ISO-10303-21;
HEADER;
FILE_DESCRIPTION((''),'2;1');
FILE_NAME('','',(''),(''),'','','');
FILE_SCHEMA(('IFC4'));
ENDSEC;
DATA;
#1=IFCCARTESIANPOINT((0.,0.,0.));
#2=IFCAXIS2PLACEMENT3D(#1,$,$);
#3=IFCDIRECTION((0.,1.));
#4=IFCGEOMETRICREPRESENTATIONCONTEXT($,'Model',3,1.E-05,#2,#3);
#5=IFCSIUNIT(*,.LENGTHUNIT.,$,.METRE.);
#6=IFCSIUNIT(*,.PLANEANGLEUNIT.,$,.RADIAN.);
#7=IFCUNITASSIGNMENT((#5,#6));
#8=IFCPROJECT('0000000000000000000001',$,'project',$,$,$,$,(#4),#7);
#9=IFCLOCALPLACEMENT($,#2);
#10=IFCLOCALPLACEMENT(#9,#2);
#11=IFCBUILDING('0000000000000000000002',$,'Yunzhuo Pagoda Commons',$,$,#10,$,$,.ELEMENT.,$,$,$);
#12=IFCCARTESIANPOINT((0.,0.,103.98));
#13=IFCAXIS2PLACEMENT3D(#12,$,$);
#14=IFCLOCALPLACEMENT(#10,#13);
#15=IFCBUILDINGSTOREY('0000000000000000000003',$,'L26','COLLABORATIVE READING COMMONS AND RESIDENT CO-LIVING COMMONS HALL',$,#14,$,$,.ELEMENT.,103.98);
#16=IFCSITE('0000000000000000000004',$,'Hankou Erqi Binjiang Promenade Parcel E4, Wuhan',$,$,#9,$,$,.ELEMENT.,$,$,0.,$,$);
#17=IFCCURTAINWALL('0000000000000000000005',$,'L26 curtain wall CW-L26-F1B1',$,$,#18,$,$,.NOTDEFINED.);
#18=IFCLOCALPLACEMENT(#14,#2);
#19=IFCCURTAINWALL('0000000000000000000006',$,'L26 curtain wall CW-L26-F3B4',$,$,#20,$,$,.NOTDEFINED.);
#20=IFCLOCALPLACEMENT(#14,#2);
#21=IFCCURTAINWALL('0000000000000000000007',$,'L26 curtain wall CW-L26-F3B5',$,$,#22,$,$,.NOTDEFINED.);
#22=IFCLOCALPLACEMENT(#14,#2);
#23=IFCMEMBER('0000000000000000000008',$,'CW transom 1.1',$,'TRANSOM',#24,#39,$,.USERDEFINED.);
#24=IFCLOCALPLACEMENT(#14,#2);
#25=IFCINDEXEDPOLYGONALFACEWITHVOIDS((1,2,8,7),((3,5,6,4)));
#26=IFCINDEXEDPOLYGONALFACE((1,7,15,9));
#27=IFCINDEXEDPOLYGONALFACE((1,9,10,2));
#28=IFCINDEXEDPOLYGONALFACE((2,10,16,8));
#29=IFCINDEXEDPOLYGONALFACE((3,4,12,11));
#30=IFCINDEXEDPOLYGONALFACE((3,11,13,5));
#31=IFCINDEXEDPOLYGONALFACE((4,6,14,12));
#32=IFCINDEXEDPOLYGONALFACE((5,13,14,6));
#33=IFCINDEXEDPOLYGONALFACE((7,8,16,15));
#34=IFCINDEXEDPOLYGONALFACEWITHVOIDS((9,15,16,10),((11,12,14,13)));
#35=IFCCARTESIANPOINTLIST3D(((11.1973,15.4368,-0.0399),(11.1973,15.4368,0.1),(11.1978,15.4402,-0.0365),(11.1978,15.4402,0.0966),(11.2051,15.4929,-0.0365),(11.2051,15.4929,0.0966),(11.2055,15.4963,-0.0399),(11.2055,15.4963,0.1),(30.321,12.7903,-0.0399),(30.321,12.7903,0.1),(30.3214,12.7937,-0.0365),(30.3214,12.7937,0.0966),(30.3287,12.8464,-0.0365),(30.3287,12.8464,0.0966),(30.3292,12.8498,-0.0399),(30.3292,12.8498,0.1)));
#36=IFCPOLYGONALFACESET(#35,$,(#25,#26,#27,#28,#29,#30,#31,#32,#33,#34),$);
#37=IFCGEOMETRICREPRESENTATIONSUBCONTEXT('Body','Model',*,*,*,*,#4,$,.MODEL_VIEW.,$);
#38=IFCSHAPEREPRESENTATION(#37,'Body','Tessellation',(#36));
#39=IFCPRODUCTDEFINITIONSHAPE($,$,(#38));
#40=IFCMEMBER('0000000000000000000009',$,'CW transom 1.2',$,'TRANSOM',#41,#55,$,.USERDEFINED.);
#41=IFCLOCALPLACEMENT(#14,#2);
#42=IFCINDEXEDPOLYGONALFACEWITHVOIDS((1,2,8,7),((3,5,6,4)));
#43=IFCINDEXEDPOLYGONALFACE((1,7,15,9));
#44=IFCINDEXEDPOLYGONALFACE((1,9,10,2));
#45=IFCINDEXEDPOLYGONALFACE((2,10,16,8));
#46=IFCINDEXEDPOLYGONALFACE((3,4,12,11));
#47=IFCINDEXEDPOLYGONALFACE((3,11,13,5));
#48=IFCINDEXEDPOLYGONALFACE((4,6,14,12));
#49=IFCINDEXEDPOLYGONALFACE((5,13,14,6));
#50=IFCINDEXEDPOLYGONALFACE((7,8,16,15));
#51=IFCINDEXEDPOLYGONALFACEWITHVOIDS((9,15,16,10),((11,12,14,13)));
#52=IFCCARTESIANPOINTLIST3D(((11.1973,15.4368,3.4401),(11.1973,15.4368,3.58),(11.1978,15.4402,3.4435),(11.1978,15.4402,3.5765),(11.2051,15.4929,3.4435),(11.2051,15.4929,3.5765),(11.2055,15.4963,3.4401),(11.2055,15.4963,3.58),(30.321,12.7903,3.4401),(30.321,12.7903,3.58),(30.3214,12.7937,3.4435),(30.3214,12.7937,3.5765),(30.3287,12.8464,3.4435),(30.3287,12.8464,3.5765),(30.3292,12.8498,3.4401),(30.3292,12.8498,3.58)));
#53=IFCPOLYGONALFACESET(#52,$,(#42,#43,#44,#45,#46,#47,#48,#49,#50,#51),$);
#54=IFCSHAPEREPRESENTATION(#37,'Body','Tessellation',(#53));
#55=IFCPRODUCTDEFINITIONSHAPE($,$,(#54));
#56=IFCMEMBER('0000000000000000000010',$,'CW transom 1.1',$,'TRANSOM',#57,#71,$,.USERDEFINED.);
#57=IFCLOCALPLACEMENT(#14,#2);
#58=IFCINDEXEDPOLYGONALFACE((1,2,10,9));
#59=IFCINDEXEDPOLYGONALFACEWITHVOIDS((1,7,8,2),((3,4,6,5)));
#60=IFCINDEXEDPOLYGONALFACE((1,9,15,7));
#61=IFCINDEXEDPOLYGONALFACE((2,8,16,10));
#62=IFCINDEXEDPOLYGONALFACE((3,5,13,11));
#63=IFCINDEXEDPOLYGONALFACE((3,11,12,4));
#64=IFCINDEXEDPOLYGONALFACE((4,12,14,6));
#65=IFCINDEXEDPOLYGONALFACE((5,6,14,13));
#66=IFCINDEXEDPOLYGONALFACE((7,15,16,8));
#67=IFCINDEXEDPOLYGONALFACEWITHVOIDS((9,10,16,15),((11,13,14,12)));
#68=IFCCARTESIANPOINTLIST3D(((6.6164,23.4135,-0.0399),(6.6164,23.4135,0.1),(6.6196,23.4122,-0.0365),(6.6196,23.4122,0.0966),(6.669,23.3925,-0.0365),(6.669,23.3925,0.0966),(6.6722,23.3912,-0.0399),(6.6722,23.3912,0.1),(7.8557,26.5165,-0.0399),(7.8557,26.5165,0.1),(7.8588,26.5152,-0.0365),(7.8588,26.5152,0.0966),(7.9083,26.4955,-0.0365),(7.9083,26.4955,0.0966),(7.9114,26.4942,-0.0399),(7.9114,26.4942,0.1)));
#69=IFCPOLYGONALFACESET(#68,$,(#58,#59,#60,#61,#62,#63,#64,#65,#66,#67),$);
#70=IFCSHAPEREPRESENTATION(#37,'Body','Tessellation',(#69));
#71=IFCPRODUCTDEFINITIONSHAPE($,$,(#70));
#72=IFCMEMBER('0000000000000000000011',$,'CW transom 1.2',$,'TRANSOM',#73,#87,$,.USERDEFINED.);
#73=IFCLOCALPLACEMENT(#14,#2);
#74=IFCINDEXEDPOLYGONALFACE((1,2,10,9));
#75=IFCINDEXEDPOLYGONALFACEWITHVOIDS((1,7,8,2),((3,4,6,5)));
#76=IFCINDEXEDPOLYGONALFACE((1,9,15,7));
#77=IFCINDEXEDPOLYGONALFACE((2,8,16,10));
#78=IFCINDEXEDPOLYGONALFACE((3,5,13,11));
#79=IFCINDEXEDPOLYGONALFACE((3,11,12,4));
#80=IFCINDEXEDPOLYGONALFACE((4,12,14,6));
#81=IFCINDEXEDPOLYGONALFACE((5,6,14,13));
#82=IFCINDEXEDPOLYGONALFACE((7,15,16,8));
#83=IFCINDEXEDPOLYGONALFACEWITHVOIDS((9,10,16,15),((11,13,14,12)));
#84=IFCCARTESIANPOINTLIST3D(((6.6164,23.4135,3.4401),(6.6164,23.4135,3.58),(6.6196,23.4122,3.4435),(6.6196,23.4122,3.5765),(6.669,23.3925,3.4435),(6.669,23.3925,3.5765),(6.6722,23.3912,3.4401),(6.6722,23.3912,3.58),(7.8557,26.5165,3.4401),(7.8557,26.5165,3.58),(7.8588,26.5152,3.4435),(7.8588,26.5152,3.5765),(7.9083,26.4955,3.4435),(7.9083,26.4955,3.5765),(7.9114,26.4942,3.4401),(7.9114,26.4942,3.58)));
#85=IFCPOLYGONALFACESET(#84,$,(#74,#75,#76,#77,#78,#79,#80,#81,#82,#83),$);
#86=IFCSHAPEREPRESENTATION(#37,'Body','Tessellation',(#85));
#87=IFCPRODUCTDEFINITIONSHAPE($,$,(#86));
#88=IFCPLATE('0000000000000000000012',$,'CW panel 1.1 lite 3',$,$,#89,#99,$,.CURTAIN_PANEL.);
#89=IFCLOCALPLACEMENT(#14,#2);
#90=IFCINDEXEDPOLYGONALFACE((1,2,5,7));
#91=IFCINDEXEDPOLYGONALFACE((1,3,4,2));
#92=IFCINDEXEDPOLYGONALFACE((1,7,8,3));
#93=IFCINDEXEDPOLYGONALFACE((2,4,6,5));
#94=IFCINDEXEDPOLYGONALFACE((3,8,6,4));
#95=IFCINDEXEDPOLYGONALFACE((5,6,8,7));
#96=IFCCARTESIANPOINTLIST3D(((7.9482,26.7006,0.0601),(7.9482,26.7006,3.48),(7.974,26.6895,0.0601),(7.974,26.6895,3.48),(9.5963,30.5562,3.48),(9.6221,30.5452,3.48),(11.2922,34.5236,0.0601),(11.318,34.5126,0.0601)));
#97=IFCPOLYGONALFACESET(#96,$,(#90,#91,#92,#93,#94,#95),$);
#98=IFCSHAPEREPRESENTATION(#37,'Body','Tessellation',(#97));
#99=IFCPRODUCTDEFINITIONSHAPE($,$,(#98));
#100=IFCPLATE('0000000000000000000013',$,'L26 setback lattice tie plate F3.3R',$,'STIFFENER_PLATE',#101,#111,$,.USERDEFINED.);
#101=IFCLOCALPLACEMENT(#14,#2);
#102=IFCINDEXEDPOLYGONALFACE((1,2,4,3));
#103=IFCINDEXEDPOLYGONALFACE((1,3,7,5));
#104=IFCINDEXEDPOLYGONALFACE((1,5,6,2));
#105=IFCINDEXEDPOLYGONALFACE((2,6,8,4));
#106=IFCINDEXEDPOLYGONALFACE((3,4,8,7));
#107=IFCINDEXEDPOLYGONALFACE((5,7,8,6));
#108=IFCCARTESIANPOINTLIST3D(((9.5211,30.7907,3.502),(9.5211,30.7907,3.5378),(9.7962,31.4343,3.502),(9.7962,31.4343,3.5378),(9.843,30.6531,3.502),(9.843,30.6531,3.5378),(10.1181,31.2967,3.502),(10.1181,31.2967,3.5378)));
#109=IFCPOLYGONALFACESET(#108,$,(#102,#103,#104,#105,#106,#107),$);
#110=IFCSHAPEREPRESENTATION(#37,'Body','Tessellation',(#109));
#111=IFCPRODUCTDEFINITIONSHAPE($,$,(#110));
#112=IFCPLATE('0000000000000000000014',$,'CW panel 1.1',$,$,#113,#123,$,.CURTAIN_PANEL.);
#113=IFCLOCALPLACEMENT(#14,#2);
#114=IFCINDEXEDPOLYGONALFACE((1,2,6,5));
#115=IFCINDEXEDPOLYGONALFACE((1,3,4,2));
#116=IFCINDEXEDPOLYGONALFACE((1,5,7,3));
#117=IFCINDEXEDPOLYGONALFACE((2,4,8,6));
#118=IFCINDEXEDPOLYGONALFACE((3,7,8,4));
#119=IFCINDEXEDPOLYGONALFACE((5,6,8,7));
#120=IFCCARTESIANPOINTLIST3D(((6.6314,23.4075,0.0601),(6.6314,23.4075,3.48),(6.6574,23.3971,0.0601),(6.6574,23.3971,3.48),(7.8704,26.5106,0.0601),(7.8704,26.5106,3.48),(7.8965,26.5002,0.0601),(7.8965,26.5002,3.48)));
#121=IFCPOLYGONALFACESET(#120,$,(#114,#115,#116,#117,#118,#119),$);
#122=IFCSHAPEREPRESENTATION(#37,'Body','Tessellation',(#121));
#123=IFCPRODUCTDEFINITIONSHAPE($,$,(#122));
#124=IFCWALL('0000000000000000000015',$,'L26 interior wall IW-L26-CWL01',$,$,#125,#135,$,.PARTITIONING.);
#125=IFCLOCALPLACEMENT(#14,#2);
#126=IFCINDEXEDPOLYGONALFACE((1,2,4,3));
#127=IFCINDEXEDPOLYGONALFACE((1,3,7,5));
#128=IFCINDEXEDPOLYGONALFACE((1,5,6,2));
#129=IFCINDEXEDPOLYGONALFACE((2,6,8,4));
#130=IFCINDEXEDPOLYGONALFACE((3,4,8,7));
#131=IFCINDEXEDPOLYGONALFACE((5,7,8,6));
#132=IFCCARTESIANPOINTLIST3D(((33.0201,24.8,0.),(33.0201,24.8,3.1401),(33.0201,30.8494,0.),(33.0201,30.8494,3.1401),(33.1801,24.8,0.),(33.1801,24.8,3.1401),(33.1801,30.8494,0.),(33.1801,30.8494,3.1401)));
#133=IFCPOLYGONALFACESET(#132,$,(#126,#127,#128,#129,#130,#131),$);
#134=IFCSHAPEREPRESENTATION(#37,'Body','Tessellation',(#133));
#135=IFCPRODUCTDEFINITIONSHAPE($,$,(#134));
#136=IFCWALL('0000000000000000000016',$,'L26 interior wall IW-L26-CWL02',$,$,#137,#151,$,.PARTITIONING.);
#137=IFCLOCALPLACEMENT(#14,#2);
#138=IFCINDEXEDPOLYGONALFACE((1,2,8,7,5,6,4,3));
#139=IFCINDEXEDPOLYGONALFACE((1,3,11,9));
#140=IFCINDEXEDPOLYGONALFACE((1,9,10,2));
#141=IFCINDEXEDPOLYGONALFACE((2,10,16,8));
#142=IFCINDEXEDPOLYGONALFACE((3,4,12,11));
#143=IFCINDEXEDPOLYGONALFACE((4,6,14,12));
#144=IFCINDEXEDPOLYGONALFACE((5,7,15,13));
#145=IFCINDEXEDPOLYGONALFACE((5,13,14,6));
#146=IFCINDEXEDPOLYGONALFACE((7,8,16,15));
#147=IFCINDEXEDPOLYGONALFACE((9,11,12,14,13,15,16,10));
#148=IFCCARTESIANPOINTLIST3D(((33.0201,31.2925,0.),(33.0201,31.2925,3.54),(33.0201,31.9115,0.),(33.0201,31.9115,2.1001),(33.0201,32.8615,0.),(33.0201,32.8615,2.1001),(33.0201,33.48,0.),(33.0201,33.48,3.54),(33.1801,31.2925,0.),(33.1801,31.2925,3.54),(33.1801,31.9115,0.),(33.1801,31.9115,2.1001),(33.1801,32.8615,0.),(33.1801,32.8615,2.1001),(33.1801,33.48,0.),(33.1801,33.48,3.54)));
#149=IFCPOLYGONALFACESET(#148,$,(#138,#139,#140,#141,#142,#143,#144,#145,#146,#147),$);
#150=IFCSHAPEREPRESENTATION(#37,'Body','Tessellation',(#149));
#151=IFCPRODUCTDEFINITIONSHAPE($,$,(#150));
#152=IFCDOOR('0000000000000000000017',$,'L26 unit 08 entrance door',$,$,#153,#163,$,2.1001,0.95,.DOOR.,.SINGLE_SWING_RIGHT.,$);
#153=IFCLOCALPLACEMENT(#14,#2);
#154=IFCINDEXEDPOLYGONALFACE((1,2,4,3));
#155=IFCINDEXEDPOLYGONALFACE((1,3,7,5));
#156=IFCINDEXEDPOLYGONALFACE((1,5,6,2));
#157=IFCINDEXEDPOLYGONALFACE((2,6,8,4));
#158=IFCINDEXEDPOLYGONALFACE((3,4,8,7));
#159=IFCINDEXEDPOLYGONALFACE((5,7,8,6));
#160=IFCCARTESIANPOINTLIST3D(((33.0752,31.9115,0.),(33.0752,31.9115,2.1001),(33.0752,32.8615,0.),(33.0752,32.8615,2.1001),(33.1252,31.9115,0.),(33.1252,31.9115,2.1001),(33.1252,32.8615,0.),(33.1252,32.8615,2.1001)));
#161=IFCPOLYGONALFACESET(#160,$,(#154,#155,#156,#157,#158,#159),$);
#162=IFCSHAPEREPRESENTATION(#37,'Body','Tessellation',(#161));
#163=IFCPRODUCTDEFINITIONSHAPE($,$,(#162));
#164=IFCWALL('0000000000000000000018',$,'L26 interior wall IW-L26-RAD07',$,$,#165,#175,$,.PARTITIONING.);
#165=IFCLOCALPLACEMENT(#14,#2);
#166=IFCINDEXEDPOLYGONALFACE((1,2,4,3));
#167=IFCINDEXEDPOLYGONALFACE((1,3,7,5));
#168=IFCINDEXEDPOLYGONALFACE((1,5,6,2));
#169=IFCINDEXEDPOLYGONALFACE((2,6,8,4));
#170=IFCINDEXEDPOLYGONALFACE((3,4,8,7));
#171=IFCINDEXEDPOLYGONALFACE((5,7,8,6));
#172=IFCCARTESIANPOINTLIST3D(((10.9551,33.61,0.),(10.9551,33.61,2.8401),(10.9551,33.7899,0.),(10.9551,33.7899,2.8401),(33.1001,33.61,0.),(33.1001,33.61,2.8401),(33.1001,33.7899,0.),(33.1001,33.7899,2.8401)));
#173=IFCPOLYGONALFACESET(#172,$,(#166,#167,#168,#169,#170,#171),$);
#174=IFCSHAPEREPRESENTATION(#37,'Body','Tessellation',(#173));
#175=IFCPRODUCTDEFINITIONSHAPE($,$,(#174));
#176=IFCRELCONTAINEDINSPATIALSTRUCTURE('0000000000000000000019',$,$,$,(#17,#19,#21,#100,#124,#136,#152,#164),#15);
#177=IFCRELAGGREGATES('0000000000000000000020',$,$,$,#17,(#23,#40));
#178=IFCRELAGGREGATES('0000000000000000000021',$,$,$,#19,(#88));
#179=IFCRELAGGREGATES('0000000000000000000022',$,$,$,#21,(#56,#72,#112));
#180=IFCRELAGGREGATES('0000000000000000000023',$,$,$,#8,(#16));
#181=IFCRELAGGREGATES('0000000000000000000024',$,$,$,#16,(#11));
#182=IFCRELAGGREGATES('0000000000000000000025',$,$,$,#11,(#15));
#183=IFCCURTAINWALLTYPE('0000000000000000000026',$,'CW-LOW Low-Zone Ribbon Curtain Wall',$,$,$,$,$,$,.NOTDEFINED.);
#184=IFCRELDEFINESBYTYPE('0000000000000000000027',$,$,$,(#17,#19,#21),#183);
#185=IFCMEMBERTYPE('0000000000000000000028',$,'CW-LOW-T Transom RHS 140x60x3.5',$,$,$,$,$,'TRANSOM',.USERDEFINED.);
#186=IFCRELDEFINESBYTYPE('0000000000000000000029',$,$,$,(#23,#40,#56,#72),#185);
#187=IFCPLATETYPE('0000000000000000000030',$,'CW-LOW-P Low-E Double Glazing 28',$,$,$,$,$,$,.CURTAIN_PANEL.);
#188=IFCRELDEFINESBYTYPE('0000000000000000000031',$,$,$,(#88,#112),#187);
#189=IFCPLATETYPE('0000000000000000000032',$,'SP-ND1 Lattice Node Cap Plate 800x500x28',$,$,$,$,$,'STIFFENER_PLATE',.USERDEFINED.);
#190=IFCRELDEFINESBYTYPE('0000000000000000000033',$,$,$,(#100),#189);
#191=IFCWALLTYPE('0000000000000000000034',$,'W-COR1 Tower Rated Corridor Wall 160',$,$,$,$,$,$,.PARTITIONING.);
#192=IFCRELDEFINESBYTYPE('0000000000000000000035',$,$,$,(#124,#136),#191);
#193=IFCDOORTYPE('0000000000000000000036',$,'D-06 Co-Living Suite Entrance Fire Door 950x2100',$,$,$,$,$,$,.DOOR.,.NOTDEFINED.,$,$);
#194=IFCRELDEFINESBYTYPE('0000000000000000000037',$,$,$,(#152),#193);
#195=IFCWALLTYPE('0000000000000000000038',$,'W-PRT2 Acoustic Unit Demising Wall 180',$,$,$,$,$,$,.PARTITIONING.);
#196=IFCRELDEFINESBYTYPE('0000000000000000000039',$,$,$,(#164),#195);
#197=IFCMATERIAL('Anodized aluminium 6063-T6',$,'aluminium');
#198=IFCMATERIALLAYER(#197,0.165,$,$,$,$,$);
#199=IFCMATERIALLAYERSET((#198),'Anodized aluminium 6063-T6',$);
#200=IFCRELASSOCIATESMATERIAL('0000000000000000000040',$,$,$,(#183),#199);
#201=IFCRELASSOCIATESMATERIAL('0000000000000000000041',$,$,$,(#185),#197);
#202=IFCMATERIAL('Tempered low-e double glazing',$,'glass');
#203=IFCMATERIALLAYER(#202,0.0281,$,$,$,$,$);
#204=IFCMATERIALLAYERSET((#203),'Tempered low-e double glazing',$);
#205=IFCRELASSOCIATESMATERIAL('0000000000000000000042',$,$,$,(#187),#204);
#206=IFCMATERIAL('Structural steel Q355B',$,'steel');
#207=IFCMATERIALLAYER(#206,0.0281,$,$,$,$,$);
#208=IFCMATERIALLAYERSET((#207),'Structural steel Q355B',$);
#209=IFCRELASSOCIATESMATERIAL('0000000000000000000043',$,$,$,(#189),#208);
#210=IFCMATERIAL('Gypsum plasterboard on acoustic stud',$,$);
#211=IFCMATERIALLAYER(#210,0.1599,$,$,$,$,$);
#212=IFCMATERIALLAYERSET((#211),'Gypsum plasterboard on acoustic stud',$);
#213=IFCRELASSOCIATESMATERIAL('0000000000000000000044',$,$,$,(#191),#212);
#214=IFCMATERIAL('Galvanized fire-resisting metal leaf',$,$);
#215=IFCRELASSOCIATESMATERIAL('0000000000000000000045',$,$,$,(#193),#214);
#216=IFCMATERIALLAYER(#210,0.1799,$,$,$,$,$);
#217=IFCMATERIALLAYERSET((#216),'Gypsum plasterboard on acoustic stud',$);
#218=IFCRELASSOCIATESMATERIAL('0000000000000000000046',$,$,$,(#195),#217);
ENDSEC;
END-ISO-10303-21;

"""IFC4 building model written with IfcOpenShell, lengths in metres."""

from ifc_helpers import new_model, si_unit, direction, frame, frame_2d, origin, origin_with_axes, origin_2d, place, context, subcontext, project, spatial, polyline, rectangle, hollow_rectangle, outline, extrude, source, transform, mapped, material, layer, layer_set, material_profile, profile_set, type_object, element, fill, aggregate, save


model = new_model("IFC4")

# Units and contexts
model_context = context("Model", 3, precision=1e-05, world=origin(), true_north=direction((0.0, 1.0)))
body_context = subcontext(model_context, "Body", "Model", "MODEL_VIEW")
ifc_project = project(units=[si_unit("LENGTHUNIT", "METRE"), si_unit("PLANEANGLEUNIT", "RADIAN")], contexts=[model_context])

# Site, building, storey
site_placement = place(None, origin())
site = spatial("IfcSite", under=ifc_project, at=site_placement, Name="Hankou Erqi Binjiang Promenade Parcel E4, Wuhan", CompositionType="ELEMENT", RefElevation=0.0)
building_placement = place(site_placement, origin())
building = spatial("IfcBuilding", under=site, at=building_placement, Name="Yunzhuo Pagoda Commons", CompositionType="ELEMENT")
storey_placement = place(building_placement, frame((0.0, 0.0, 103.98)))
storey = spatial("IfcBuildingStorey", under=building, at=storey_placement, Name="L26", Description="COLLABORATIVE READING COMMONS AND RESIDENT CO-LIVING COMMONS HALL", CompositionType="ELEMENT", Elevation=103.98)

# Shared definitions
ifc_material_1 = material(Name="Structural steel Q355B", Category="steel")

# Curtain walls
ifc_material_2 = material(Name="Anodized aluminium 6063-T6", Category="aluminium")
ifc_layer_1 = layer(ifc_material_2, 0.165)
ifc_layer_set_1 = layer_set([ifc_layer_1], Name="Anodized aluminium 6063-T6")
curtain_wall_type = type_object("IfcCurtainWallType", Name="CW-LOW Low-Zone Ribbon Curtain Wall", PredefinedType="NOTDEFINED", material=ifc_layer_set_1)
curtain_wall_1_placement = place(storey_placement, origin())
curtain_wall_1 = element("IfcCurtainWall", 1, at=curtain_wall_1_placement, inside=storey, type_object=curtain_wall_type, Name="L26 curtain wall CW-L26-F1B1", PredefinedType="NOTDEFINED")
curtain_wall_2_placement = place(storey_placement, origin())
curtain_wall_2 = element("IfcCurtainWall", 2, at=curtain_wall_2_placement, inside=storey, type_object=curtain_wall_type, Name="L26 curtain wall CW-L26-F3B4", PredefinedType="NOTDEFINED")

# Curtain wall
curtain_wall_3_placement = place(storey_placement, origin())
curtain_wall_3 = element("IfcCurtainWall", 3, at=curtain_wall_3_placement, inside=storey, type_object=curtain_wall_type, Name="L26 curtain wall CW-L26-F3B5", PredefinedType="NOTDEFINED")

# Members
ifc_material_profile_1 = material_profile(ifc_material_2, hollow_rectangle(XDim=0.0601, YDim=0.1399, WallThickness=0.0034, at=origin_2d()), Name="Anodized aluminium 6063-T6")
ifc_profile_set_1 = profile_set([ifc_material_profile_1], Name="Anodized aluminium 6063-T6")
member_type_1 = type_object("IfcMemberType", Name="CW-LOW-T Transom RHS 140x60x3.5", ElementType="TRANSOM", PredefinedType="USERDEFINED", material=ifc_profile_set_1)
shared_shape_1 = source(origin(), body_context, "Body", "SweptSolid", [
    extrude(hollow_rectangle(XDim=0.0601, YDim=0.1399, WallThickness=0.0034, at=origin_2d()), origin(), (0.0, 0.0, 1.0), 19.3059),
])
member_1_placement = place(storey_placement, frame((11.2014, 15.4666, 0.03), z_axis=(0.99056, -0.137082, 0.0), x_axis=(0.137082, 0.99056, 0.0)))
member_1 = element("IfcMember", 4, at=member_1_placement, type_object=member_type_1, Name="CW transom 1.1", ObjectType="TRANSOM", PredefinedType="USERDEFINED", context=body_context, shape_type="MappedRepresentation", body=[
    mapped(shared_shape_1, transform((0.0, 0.0, 0.0), scale=1.0)),
])
member_2_placement = place(storey_placement, frame((11.2014, 15.4666, 3.51), z_axis=(0.99056, -0.137082, 0.0), x_axis=(0.137082, 0.99056, 0.0)))
member_2 = element("IfcMember", 5, at=member_2_placement, type_object=member_type_1, Name="CW transom 1.2", ObjectType="TRANSOM", PredefinedType="USERDEFINED", context=body_context, shape_type="MappedRepresentation", body=[
    mapped(shared_shape_1, transform((0.0, 0.0, 0.0), scale=1.0)),
])
aggregate(curtain_wall_1, [member_1, member_2])
shared_shape_2 = source(origin(), body_context, "Body", "SweptSolid", [
    extrude(hollow_rectangle(XDim=0.0601, YDim=0.1399, WallThickness=0.0034, at=origin_2d()), origin(), (0.0, 0.0, 1.0), 3.3413),
])
member_3_placement = place(storey_placement, frame((7.8835, 26.5054, 0.03), z_axis=(-0.370887, -0.928678, 0.0), x_axis=(0.928678, -0.370887, 0.0)))
member_3 = element("IfcMember", 6, at=member_3_placement, type_object=member_type_1, Name="CW transom 1.1", ObjectType="TRANSOM", PredefinedType="USERDEFINED", context=body_context, shape_type="MappedRepresentation", body=[
    mapped(shared_shape_2, transform((0.0, 0.0, 0.0), scale=1.0)),
])
member_4_placement = place(storey_placement, frame((7.8835, 26.5054, 3.51), z_axis=(-0.370887, -0.928678, 0.0), x_axis=(0.928678, -0.370887, 0.0)))
member_4 = element("IfcMember", 7, at=member_4_placement, type_object=member_type_1, Name="CW transom 1.2", ObjectType="TRANSOM", PredefinedType="USERDEFINED", context=body_context, shape_type="MappedRepresentation", body=[
    mapped(shared_shape_2, transform((0.0, 0.0, 0.0), scale=1.0)),
])

# Plates
ifc_material_3 = material(Name="Tempered low-e double glazing", Category="glass")
ifc_layer_2 = layer(ifc_material_3, 0.0281)
ifc_layer_set_2 = layer_set([ifc_layer_2], Name="Tempered low-e double glazing")
plate_type_1 = type_object("IfcPlateType", Name="CW-LOW-P Low-E Double Glazing 28", PredefinedType="CURTAIN_PANEL", material=ifc_layer_set_2)
plate_1_placement = place(storey_placement, frame((9.646, 30.6011, 1.77), z_axis=(-0.919516, 0.393052, 0.0), x_axis=(-0.393052, -0.919516, 0.0)))
plate_1 = element("IfcPlate", 8, at=plate_1_placement, type_object=plate_type_1, Name="CW panel 1.1 lite 3", PredefinedType="CURTAIN_PANEL", context=body_context, shape_type="SweptSolid", body=[
    extrude(outline(polyline([(-4.2539, -1.71), (4.2539, -1.71), (4.2539, 1.71), (0.0608, 1.71), (-4.2539, -1.71)])), origin(), (0.0, 0.0, 1.0), 0.0281),
])
aggregate(curtain_wall_2, [plate_1])
ifc_layer_3 = layer(ifc_material_1, 0.0281)
ifc_layer_set_3 = layer_set([ifc_layer_3], Name="Structural steel Q355B")
plate_type_2 = type_object("IfcPlateType", Name="SP-ND1 Lattice Node Cap Plate 800x500x28", ElementType="STIFFENER_PLATE", PredefinedType="USERDEFINED", material=ifc_layer_set_3)
shared_shape_3 = source(origin(), body_context, "Body", "SweptSolid", [
    extrude(rectangle(XDim=0.7, YDim=0.3501, at=origin_2d()), origin(), (0.0, 0.0, 1.0), 0.0359),
])
plate_2_placement = place(storey_placement, frame((9.8196, 31.0437, 3.502), z_axis=(0.0, 0.0, 1.0), x_axis=(-0.393059, -0.919513, 0.0)))
element("IfcPlate", 9, at=plate_2_placement, inside=storey, type_object=plate_type_2, Name="L26 setback lattice tie plate F3.3R", ObjectType="STIFFENER_PLATE", PredefinedType="USERDEFINED", context=body_context, shape_type="MappedRepresentation", body=[
    mapped(shared_shape_3, transform((0.0, 0.0, 0.0), scale=1.0)),
])
shared_shape_4 = source(origin(), body_context, "Body", "SweptSolid", [
    extrude(rectangle(XDim=3.3413, YDim=0.0281, at=origin_2d()), origin(), (0.0, 0.0, 1.0), 3.4199),
])
plate_3_placement = place(storey_placement, frame((7.2639, 24.9539, 0.0601), z_axis=(0.0, 0.0, 1.0), x_axis=(-0.370829, -0.928701, 0.0)))
plate_3 = element("IfcPlate", 10, at=plate_3_placement, type_object=plate_type_1, Name="CW panel 1.1", PredefinedType="CURTAIN_PANEL", context=body_context, shape_type="MappedRepresentation", body=[
    mapped(shared_shape_4, transform((0.0, 0.0, 0.0), scale=1.0)),
])
aggregate(curtain_wall_3, [member_3, member_4, plate_3])

# Wall
ifc_material_4 = material(Name="Gypsum plasterboard on acoustic stud")
ifc_layer_4 = layer(ifc_material_4, 0.1599)
ifc_layer_set_4 = layer_set([ifc_layer_4], Name="Gypsum plasterboard on acoustic stud")
wall_type_1 = type_object("IfcWallType", Name="W-COR1 Tower Rated Corridor Wall 160", PredefinedType="PARTITIONING", material=ifc_layer_set_4)
wall_1_placement = place(storey_placement, frame((33.1001, 24.8, 0.0), z_axis=(0.0, 0.0, 1.0), x_axis=(0.0, 1.0, 0.0)))
element("IfcWall", 11, at=wall_1_placement, inside=storey, type_object=wall_type_1, Name="L26 interior wall IW-L26-CWL01", PredefinedType="PARTITIONING", context=body_context, shape_type="SweptSolid", body=[
    extrude(rectangle(XDim=6.0493, YDim=0.1599, at=frame_2d((3.0247, 0.0))), origin(), (0.0, 0.0, 1.0), 3.1401),
])

# Wall, opening, door
wall_2_placement = place(storey_placement, frame((33.1001, 31.2925, 0.0), z_axis=(0.0, 0.0, 1.0), x_axis=(0.0, 1.0, 0.0)))
wall_2 = element("IfcWall", 12, at=wall_2_placement, inside=storey, type_object=wall_type_1, Name="L26 interior wall IW-L26-CWL02", PredefinedType="PARTITIONING", context=body_context, shape_type="SweptSolid", body=[
    extrude(rectangle(XDim=2.1875, YDim=0.1599, at=frame_2d((1.0938, 0.0))), origin(), (0.0, 0.0, 1.0), 3.54),
])
opening_1_placement = place(wall_2_placement, frame((0.6189, 0.0, 0.0)))
opening_1 = element("IfcOpeningElement", 13, at=opening_1_placement, cuts=wall_2, PredefinedType="OPENING", context=body_context, shape_type="SweptSolid", body=[
    extrude(rectangle(XDim=0.95, YDim=2.1001, at=frame_2d((0.4751, 1.05))), frame((0.0, 0.0898, 0.0), z_axis=(0.0, -1.0, 0.0), x_axis=(1.0, 0.0, 0.0)), (0.0, 0.0, 1.0), 0.1799),
])
ifc_material_5 = material(Name="Galvanized fire-resisting metal leaf")
door_type_1 = type_object("IfcDoorType", Name="D-06 Co-Living Suite Entrance Fire Door 950x2100", OperationType="NOTDEFINED", PredefinedType="DOOR", material=ifc_material_5)
shared_shape_5 = source(origin(), body_context, "Body", "SweptSolid", [
    extrude(rectangle(XDim=0.95, YDim=2.1001, at=frame_2d((0.4751, 1.05))), frame((0.0, 0.0249, 0.0), z_axis=(0.0, -1.0, 0.0), x_axis=(1.0, 0.0, 0.0)), (0.0, 0.0, 1.0), 0.05),
])
door_1_placement = place(opening_1_placement, origin_with_axes())
door_1 = element("IfcDoor", 14, at=door_1_placement, inside=storey, type_object=door_type_1, Name="L26 unit 08 entrance door", OperationType="SINGLE_SWING_RIGHT", OverallHeight=2.1001, OverallWidth=0.95, PredefinedType="DOOR", context=body_context, shape_type="MappedRepresentation", body=[
    mapped(shared_shape_5, transform((0.0, 0.0, 0.0), scale=1.0)),
])
fill(opening_1, door_1)

# Wall
ifc_layer_5 = layer(ifc_material_4, 0.1799)
ifc_layer_set_5 = layer_set([ifc_layer_5], Name="Gypsum plasterboard on acoustic stud")
wall_type_2 = type_object("IfcWallType", Name="W-PRT2 Acoustic Unit Demising Wall 180", PredefinedType="PARTITIONING", material=ifc_layer_set_5)
wall_3_placement = place(storey_placement, frame((33.1001, 33.7, 0.0), z_axis=(0.0, 0.0, 1.0), x_axis=(-1.0, 0.0, 0.0)))
element("IfcWall", 15, at=wall_3_placement, inside=storey, type_object=wall_type_2, Name="L26 interior wall IW-L26-RAD07", PredefinedType="PARTITIONING", context=body_context, shape_type="SweptSolid", body=[
    extrude(rectangle(XDim=22.145, YDim=0.1799, at=frame_2d((11.0725, 0.0))), origin(), (0.0, 0.0, 1.0), 2.8401),
])

save(model, "model.ifc")
